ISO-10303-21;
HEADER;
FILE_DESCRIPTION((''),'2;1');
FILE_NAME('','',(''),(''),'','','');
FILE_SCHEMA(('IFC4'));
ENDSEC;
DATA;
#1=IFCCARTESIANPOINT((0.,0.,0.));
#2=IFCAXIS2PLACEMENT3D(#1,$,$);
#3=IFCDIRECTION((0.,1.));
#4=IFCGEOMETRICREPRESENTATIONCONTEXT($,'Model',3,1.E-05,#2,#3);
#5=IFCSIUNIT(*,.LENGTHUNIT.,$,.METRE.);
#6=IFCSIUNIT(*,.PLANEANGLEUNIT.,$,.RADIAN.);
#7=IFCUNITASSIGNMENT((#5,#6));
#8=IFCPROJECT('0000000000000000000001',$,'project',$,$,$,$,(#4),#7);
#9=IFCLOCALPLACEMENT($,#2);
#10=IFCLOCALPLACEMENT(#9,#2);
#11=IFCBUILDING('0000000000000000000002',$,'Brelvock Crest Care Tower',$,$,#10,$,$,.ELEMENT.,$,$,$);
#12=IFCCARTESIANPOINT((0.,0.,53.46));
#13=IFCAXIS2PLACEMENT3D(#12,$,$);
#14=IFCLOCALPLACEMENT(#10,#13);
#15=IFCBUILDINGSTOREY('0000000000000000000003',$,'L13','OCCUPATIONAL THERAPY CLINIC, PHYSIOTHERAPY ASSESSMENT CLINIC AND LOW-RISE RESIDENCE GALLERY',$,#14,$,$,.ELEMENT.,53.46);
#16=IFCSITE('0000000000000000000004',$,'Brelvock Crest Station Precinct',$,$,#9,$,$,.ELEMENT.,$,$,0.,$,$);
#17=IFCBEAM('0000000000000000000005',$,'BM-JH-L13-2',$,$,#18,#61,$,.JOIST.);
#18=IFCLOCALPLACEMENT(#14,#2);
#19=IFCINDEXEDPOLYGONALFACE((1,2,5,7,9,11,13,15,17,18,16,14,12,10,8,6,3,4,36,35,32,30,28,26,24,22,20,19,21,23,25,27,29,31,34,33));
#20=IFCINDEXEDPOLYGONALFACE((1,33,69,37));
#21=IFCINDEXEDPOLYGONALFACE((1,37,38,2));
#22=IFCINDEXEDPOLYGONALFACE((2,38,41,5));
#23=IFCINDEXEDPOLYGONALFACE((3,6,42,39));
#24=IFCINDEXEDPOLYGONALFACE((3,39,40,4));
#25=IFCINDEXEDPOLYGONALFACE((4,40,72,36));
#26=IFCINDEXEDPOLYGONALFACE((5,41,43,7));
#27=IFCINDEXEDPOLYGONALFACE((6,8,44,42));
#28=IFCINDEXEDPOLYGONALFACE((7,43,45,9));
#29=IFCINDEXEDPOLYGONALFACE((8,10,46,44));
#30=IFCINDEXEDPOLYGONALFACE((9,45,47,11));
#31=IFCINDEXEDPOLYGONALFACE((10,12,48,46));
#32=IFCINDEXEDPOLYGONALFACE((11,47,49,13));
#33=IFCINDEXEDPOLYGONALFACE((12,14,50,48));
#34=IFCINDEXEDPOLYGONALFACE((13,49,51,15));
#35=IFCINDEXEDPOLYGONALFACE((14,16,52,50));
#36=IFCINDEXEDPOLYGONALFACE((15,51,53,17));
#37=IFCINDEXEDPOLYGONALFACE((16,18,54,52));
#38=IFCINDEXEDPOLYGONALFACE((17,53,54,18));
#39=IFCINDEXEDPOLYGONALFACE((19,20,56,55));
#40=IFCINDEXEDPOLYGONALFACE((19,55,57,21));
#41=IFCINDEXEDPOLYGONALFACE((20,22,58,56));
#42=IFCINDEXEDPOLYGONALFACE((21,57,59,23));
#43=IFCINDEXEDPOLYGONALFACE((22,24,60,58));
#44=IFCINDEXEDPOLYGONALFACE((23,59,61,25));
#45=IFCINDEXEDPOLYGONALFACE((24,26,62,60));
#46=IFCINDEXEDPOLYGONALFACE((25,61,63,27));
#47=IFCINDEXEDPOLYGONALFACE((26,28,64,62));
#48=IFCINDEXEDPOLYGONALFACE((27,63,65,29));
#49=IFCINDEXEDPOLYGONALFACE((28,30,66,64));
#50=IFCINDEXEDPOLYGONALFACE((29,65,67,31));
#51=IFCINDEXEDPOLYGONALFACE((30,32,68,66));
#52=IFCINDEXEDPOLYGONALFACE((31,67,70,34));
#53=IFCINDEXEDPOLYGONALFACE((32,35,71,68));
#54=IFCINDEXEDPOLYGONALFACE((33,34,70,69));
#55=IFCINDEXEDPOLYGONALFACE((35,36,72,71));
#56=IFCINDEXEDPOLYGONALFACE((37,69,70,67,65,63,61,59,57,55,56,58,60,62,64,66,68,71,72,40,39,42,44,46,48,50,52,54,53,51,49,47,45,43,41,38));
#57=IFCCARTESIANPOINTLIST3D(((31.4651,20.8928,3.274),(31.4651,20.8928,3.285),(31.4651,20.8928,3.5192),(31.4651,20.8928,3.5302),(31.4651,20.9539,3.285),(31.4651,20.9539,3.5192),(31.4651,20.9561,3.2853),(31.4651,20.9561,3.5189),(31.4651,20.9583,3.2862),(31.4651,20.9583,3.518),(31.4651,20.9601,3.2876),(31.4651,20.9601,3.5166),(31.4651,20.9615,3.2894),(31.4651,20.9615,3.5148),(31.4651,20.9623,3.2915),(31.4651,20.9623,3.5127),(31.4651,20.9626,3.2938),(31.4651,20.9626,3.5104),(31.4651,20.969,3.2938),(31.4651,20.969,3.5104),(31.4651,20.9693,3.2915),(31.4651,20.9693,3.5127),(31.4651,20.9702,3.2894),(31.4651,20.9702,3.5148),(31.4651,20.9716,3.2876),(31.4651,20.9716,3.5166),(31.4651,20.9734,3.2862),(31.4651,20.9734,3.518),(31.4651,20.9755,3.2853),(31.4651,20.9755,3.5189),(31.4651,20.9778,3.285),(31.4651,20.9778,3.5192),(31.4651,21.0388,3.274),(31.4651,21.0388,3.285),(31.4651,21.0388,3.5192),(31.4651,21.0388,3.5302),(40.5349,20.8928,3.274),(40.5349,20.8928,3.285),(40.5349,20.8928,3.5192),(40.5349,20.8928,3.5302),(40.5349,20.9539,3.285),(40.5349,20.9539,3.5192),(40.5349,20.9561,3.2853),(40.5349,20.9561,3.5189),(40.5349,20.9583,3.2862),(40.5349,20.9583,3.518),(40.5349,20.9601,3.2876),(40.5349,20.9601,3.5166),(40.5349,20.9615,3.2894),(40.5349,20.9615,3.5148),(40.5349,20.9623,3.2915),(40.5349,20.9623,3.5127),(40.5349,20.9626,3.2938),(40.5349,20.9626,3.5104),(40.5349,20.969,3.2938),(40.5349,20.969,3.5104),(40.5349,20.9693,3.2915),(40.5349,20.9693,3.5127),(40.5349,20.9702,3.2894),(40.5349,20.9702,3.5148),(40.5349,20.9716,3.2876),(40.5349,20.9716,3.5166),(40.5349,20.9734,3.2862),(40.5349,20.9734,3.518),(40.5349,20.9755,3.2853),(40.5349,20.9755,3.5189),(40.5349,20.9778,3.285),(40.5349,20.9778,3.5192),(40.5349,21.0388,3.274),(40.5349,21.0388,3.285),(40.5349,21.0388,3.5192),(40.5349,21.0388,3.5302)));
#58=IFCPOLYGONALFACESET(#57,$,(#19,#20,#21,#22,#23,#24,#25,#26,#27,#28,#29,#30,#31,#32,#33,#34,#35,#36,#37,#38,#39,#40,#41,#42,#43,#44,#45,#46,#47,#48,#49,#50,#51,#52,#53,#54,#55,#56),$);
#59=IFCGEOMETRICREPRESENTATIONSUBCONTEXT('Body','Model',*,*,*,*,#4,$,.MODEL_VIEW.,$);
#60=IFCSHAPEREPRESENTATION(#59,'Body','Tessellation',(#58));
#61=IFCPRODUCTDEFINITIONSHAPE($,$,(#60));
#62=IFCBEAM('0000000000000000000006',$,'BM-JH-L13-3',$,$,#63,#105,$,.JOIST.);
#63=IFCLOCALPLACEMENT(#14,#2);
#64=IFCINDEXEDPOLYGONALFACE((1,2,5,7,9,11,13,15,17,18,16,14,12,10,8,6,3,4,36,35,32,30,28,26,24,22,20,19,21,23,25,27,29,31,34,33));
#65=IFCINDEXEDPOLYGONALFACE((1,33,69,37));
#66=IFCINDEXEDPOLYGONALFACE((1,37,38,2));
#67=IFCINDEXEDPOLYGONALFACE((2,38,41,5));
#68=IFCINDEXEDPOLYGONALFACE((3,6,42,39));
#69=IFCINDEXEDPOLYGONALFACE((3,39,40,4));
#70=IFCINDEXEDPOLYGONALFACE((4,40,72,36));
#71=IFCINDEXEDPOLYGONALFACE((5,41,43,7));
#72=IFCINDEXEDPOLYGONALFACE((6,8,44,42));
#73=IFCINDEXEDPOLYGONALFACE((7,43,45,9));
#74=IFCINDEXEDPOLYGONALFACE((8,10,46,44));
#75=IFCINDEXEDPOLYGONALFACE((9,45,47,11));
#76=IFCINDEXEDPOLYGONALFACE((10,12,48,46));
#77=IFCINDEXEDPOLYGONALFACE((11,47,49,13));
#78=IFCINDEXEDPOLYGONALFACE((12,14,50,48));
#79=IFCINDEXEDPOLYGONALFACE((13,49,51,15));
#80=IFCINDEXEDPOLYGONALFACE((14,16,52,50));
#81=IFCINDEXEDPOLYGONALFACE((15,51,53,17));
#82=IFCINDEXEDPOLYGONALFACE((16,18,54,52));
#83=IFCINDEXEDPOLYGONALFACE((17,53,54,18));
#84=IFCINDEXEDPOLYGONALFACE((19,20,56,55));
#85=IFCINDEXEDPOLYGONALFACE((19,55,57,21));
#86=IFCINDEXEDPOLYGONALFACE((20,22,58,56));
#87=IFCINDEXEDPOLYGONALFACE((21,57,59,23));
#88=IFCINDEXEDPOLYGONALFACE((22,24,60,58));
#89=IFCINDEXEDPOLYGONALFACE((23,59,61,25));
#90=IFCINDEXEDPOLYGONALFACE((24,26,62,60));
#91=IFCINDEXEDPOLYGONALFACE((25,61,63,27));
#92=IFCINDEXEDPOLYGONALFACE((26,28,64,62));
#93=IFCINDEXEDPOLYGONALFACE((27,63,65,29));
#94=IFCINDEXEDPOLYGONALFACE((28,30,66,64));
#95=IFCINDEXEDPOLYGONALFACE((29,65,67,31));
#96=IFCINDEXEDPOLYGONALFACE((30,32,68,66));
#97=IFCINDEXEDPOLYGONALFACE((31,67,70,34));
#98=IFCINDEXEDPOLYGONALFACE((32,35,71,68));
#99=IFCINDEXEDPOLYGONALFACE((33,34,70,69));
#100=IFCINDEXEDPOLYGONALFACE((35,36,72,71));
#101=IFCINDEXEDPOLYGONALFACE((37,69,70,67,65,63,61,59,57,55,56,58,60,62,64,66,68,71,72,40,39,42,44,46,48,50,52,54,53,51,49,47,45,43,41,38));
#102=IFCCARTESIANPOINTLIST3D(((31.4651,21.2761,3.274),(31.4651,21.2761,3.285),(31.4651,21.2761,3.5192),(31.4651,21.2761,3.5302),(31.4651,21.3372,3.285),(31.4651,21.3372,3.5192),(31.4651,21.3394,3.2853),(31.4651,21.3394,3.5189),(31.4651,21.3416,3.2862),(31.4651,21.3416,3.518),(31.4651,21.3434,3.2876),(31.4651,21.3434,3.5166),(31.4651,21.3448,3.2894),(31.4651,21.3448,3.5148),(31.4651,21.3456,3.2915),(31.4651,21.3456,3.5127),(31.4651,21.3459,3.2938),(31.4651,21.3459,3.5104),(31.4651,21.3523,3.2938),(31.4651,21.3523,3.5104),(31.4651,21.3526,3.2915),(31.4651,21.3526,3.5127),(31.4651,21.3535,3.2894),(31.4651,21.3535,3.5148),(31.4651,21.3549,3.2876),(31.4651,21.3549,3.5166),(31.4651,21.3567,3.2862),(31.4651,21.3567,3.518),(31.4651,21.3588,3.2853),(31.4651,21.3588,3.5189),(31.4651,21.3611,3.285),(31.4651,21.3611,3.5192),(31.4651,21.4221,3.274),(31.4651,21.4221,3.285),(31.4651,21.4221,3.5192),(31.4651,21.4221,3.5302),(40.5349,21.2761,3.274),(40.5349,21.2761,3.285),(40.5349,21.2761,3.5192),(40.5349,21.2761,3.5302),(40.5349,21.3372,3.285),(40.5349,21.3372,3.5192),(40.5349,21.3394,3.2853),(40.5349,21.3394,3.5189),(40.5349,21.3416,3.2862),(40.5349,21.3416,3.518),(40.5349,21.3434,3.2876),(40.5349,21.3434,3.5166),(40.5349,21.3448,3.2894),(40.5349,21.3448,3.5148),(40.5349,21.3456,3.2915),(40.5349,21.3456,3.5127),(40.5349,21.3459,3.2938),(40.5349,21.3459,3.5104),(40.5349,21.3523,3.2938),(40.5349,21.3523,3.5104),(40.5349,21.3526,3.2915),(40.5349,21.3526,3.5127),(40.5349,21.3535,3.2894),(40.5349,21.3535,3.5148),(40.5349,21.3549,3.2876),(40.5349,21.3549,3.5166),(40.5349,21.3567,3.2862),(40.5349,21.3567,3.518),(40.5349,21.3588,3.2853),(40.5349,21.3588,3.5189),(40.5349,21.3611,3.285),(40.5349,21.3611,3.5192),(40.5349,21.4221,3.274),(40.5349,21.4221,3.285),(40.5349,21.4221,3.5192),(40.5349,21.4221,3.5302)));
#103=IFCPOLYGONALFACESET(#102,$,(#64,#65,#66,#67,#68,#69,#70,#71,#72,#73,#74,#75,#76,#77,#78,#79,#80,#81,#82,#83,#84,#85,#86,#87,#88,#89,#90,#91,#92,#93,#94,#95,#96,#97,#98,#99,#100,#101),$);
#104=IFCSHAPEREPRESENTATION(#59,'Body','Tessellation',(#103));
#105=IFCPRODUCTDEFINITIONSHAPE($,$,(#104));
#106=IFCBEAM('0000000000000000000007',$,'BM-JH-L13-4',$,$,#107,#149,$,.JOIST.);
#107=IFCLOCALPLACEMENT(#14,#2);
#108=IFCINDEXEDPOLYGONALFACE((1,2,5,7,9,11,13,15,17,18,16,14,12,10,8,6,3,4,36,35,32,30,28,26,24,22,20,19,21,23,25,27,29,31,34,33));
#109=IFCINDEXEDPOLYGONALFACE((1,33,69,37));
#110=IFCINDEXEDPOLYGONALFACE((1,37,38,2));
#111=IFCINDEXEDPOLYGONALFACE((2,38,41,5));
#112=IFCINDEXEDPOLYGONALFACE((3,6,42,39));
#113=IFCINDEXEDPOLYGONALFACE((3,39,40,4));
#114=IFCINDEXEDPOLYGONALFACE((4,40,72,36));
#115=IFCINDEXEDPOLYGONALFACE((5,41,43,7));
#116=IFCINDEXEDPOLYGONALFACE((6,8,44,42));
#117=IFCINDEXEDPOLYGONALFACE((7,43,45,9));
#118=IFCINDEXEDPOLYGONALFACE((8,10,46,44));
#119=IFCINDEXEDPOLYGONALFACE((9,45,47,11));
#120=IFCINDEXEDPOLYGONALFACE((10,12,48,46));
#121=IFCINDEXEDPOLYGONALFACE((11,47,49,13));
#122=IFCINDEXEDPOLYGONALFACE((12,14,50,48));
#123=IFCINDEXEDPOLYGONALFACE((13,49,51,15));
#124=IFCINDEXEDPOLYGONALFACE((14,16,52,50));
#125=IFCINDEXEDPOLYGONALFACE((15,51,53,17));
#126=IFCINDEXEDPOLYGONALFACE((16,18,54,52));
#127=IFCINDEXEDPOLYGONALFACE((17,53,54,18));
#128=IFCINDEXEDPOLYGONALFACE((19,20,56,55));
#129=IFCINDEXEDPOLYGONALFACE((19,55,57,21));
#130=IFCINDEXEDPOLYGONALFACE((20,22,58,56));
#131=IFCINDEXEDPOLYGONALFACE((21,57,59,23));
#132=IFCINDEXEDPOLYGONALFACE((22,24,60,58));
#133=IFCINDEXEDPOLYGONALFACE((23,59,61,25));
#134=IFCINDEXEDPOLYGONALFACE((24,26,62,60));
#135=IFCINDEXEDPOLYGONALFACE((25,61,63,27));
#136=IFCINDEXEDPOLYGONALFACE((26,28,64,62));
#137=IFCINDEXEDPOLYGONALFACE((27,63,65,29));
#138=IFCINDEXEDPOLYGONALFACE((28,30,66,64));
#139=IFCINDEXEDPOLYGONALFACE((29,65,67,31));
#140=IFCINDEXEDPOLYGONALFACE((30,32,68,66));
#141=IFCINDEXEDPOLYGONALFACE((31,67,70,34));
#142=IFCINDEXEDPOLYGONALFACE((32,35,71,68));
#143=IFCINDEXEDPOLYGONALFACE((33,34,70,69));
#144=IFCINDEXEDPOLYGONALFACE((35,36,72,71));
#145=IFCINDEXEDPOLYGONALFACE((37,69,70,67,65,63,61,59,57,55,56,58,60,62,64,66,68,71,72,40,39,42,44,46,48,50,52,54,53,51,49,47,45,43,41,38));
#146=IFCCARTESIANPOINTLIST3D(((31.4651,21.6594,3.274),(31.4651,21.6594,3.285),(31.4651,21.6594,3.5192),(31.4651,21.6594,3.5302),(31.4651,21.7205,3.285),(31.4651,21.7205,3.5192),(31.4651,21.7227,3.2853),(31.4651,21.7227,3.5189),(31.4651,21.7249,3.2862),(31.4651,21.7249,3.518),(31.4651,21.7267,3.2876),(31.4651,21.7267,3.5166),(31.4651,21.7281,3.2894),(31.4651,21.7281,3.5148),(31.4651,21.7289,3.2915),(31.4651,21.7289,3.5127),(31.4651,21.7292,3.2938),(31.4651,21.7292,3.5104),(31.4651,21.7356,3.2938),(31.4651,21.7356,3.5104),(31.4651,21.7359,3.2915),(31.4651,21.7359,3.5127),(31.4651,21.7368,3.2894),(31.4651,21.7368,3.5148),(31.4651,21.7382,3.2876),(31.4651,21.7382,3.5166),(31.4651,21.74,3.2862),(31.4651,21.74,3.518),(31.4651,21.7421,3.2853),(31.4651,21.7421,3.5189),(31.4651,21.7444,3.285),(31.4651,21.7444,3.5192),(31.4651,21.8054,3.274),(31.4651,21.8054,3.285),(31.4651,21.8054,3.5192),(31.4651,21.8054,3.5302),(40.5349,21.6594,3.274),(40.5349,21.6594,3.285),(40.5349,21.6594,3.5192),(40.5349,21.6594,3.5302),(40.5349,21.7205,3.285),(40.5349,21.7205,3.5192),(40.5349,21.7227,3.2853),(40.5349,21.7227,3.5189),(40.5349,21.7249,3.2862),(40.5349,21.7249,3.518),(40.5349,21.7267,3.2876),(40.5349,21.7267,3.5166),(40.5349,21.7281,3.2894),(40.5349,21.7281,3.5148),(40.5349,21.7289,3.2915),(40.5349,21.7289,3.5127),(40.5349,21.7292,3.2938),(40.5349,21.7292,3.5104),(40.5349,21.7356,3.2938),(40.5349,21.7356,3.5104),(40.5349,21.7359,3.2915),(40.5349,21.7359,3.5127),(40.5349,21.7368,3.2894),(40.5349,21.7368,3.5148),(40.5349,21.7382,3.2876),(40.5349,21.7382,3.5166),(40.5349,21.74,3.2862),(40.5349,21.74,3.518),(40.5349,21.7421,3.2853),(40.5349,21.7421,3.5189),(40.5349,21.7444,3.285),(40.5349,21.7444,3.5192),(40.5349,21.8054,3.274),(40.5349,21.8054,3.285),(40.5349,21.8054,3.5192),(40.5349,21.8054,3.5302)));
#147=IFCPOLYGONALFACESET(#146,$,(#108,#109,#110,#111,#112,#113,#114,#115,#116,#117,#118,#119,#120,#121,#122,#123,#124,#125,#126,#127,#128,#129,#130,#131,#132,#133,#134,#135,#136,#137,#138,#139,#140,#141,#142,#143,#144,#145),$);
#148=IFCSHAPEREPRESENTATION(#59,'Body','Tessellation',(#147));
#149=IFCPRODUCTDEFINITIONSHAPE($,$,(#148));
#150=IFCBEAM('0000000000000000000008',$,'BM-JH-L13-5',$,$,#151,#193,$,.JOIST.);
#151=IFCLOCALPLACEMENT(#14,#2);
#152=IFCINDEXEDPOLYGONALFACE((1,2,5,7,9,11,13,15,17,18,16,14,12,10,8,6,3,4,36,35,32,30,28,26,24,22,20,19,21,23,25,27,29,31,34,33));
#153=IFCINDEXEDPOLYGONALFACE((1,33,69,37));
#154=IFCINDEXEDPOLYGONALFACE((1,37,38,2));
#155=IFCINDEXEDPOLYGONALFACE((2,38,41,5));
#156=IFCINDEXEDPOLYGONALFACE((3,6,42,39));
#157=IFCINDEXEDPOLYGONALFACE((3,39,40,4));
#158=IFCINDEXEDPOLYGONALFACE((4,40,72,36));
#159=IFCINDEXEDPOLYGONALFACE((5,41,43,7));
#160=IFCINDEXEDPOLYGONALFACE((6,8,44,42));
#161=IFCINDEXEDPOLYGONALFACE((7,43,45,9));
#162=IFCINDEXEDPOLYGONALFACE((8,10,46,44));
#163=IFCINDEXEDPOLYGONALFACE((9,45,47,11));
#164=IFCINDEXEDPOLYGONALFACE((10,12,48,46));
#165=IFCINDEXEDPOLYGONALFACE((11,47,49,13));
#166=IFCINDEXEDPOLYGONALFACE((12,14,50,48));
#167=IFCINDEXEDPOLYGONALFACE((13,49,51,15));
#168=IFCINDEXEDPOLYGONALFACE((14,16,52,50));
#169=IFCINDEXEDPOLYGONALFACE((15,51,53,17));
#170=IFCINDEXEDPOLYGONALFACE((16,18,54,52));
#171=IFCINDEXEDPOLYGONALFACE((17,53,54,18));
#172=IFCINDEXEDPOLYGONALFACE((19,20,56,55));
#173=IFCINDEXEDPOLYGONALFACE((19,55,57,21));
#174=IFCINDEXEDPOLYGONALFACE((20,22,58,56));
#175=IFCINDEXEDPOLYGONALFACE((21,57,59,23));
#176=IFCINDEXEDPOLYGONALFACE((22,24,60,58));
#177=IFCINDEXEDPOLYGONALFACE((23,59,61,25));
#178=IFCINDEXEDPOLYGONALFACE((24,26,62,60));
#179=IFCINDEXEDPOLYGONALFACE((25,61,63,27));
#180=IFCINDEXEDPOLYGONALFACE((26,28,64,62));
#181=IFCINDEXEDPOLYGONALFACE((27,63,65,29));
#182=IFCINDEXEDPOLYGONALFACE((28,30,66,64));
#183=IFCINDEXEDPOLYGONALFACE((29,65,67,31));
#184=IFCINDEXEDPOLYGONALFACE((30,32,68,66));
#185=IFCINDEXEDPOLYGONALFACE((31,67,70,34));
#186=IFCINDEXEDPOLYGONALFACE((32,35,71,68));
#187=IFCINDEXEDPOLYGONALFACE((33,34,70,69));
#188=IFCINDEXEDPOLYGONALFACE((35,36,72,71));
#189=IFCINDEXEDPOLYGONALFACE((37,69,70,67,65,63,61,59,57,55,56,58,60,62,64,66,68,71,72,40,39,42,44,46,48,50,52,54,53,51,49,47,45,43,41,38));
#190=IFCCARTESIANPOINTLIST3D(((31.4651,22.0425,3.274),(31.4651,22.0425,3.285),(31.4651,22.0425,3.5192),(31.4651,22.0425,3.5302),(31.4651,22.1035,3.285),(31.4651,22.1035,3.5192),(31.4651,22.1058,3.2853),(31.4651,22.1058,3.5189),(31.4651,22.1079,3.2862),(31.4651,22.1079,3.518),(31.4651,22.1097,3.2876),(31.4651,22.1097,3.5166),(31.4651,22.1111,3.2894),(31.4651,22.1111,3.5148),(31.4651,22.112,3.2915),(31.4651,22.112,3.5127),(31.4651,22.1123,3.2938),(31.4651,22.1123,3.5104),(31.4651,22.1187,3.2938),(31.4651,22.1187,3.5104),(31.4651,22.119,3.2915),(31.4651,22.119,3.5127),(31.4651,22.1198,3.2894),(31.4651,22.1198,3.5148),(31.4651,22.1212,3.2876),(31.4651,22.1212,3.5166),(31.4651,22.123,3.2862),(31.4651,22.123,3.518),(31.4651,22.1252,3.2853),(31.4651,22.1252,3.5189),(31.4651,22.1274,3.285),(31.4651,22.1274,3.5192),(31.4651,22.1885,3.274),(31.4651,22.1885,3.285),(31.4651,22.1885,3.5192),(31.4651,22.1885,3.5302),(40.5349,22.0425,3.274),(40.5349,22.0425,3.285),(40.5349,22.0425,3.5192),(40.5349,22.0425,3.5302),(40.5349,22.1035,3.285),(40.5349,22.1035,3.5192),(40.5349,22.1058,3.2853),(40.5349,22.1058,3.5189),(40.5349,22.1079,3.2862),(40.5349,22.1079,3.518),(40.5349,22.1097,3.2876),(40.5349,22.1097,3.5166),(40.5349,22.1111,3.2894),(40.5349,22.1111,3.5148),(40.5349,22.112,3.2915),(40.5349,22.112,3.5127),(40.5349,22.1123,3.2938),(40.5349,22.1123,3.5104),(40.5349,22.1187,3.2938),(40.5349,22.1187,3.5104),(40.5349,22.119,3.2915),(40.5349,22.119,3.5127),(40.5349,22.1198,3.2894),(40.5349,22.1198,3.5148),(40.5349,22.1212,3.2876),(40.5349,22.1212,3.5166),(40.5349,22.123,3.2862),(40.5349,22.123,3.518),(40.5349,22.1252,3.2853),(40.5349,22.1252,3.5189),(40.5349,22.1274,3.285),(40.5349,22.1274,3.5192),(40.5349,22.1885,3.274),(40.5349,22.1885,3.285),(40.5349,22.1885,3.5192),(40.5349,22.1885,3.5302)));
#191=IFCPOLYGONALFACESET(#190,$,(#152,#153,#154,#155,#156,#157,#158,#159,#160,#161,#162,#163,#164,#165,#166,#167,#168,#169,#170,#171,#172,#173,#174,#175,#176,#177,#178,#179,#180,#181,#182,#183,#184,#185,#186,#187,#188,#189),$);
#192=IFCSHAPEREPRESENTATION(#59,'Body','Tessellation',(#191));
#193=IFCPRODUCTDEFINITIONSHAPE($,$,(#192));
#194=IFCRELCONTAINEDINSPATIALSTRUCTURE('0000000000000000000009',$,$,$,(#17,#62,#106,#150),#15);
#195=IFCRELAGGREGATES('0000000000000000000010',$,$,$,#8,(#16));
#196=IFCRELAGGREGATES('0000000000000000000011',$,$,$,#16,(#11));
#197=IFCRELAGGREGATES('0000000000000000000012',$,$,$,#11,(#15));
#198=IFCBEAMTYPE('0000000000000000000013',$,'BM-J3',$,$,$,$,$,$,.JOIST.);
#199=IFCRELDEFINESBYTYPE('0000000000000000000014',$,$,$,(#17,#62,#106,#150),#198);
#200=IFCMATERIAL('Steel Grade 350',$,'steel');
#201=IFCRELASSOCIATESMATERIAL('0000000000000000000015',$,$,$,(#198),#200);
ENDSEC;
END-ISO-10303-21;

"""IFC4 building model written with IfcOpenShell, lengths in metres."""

from ifc_helpers import new_model, si_unit, direction, frame, origin, origin_2d, place, context, subcontext, project, spatial, i_section, extrude, source, transform, mapped, material, material_profile, profile_set, type_object, element, save


model = new_model("IFC4")

# Units and contexts
model_context = context("Model", 3, precision=1e-05, world=origin(), true_north=direction((0.0, 1.0)))
body_context = subcontext(model_context, "Body", "Model", "MODEL_VIEW")
ifc_project = project(units=[si_unit("LENGTHUNIT", "METRE"), si_unit("PLANEANGLEUNIT", "RADIAN")], contexts=[model_context])

# Site, building, storey
site_placement = place(None, origin())
site = spatial("IfcSite", under=ifc_project, at=site_placement, Name="Brelvock Crest Station Precinct", CompositionType="ELEMENT", RefElevation=0.0)
building_placement = place(site_placement, origin())
building = spatial("IfcBuilding", under=site, at=building_placement, Name="Brelvock Crest Care Tower", CompositionType="ELEMENT")
storey_placement = place(building_placement, frame((0.0, 0.0, 53.46)))
storey = spatial("IfcBuildingStorey", under=building, at=storey_placement, Name="L13", Description="OCCUPATIONAL THERAPY CLINIC, PHYSIOTHERAPY ASSESSMENT CLINIC AND LOW-RISE RESIDENCE GALLERY", CompositionType="ELEMENT", Elevation=53.46)

# Shared definitions
ifc_material_1 = material(Name="Steel Grade 350", Category="steel")

# Beams
ifc_material_profile_1 = material_profile(ifc_material_1, i_section(OverallWidth=0.146, OverallDepth=0.2561, WebThickness=0.0063, FlangeThickness=0.011, FilletRadius=0.0088, at=origin_2d()), Name="250UB37.3")
ifc_profile_set_1 = profile_set([ifc_material_profile_1], Name="Steel Grade 350")
beam_type_1 = type_object("IfcBeamType", Name="BM-J3", PredefinedType="JOIST", material=ifc_profile_set_1)
shared_shape_1 = source(origin(), body_context, "Body", "SweptSolid", [
    extrude(i_section(OverallWidth=0.146, OverallDepth=0.2561, WebThickness=0.0063, FlangeThickness=0.011, FilletRadius=0.0088, at=origin_2d()), origin(), (0.0, 0.0, 1.0), 9.0698),
])
for number, where, z_axis, x_axis, name in (
    (1, (31.4651, 20.9658, 3.4021), (1.0, 0.0, 0.0), (0.0, 1.0, 0.0), "BM-JH-L13-2"),
    (2, (31.4651, 21.3491, 3.4021), (1.0, 0.0, 0.0), (0.0, 1.0, 0.0), "BM-JH-L13-3"),
    (3, (31.4651, 21.7324, 3.4021), (1.0, 0.0, 0.0), (0.0, 1.0, 0.0), "BM-JH-L13-4"),
    (4, (31.4651, 22.1155, 3.4021), (1.0, 0.0, 0.0), (0.0, 1.0, 0.0), "BM-JH-L13-5"),
):
    element("IfcBeam", number, at=place(storey_placement, frame(where, z_axis=z_axis, x_axis=x_axis)), inside=storey, type_object=beam_type_1, Name=name, PredefinedType="JOIST", context=body_context, shape_type="MappedRepresentation", body=[
        mapped(shared_shape_1, transform((0.0, 0.0, 0.0), x_axis=(1.0, 0.0, 0.0), y_axis=(0.0, 1.0, 0.0), z_axis=(0.0, 0.0, 1.0), scale=1.0)),
    ])

save(model, "model.ifc")
